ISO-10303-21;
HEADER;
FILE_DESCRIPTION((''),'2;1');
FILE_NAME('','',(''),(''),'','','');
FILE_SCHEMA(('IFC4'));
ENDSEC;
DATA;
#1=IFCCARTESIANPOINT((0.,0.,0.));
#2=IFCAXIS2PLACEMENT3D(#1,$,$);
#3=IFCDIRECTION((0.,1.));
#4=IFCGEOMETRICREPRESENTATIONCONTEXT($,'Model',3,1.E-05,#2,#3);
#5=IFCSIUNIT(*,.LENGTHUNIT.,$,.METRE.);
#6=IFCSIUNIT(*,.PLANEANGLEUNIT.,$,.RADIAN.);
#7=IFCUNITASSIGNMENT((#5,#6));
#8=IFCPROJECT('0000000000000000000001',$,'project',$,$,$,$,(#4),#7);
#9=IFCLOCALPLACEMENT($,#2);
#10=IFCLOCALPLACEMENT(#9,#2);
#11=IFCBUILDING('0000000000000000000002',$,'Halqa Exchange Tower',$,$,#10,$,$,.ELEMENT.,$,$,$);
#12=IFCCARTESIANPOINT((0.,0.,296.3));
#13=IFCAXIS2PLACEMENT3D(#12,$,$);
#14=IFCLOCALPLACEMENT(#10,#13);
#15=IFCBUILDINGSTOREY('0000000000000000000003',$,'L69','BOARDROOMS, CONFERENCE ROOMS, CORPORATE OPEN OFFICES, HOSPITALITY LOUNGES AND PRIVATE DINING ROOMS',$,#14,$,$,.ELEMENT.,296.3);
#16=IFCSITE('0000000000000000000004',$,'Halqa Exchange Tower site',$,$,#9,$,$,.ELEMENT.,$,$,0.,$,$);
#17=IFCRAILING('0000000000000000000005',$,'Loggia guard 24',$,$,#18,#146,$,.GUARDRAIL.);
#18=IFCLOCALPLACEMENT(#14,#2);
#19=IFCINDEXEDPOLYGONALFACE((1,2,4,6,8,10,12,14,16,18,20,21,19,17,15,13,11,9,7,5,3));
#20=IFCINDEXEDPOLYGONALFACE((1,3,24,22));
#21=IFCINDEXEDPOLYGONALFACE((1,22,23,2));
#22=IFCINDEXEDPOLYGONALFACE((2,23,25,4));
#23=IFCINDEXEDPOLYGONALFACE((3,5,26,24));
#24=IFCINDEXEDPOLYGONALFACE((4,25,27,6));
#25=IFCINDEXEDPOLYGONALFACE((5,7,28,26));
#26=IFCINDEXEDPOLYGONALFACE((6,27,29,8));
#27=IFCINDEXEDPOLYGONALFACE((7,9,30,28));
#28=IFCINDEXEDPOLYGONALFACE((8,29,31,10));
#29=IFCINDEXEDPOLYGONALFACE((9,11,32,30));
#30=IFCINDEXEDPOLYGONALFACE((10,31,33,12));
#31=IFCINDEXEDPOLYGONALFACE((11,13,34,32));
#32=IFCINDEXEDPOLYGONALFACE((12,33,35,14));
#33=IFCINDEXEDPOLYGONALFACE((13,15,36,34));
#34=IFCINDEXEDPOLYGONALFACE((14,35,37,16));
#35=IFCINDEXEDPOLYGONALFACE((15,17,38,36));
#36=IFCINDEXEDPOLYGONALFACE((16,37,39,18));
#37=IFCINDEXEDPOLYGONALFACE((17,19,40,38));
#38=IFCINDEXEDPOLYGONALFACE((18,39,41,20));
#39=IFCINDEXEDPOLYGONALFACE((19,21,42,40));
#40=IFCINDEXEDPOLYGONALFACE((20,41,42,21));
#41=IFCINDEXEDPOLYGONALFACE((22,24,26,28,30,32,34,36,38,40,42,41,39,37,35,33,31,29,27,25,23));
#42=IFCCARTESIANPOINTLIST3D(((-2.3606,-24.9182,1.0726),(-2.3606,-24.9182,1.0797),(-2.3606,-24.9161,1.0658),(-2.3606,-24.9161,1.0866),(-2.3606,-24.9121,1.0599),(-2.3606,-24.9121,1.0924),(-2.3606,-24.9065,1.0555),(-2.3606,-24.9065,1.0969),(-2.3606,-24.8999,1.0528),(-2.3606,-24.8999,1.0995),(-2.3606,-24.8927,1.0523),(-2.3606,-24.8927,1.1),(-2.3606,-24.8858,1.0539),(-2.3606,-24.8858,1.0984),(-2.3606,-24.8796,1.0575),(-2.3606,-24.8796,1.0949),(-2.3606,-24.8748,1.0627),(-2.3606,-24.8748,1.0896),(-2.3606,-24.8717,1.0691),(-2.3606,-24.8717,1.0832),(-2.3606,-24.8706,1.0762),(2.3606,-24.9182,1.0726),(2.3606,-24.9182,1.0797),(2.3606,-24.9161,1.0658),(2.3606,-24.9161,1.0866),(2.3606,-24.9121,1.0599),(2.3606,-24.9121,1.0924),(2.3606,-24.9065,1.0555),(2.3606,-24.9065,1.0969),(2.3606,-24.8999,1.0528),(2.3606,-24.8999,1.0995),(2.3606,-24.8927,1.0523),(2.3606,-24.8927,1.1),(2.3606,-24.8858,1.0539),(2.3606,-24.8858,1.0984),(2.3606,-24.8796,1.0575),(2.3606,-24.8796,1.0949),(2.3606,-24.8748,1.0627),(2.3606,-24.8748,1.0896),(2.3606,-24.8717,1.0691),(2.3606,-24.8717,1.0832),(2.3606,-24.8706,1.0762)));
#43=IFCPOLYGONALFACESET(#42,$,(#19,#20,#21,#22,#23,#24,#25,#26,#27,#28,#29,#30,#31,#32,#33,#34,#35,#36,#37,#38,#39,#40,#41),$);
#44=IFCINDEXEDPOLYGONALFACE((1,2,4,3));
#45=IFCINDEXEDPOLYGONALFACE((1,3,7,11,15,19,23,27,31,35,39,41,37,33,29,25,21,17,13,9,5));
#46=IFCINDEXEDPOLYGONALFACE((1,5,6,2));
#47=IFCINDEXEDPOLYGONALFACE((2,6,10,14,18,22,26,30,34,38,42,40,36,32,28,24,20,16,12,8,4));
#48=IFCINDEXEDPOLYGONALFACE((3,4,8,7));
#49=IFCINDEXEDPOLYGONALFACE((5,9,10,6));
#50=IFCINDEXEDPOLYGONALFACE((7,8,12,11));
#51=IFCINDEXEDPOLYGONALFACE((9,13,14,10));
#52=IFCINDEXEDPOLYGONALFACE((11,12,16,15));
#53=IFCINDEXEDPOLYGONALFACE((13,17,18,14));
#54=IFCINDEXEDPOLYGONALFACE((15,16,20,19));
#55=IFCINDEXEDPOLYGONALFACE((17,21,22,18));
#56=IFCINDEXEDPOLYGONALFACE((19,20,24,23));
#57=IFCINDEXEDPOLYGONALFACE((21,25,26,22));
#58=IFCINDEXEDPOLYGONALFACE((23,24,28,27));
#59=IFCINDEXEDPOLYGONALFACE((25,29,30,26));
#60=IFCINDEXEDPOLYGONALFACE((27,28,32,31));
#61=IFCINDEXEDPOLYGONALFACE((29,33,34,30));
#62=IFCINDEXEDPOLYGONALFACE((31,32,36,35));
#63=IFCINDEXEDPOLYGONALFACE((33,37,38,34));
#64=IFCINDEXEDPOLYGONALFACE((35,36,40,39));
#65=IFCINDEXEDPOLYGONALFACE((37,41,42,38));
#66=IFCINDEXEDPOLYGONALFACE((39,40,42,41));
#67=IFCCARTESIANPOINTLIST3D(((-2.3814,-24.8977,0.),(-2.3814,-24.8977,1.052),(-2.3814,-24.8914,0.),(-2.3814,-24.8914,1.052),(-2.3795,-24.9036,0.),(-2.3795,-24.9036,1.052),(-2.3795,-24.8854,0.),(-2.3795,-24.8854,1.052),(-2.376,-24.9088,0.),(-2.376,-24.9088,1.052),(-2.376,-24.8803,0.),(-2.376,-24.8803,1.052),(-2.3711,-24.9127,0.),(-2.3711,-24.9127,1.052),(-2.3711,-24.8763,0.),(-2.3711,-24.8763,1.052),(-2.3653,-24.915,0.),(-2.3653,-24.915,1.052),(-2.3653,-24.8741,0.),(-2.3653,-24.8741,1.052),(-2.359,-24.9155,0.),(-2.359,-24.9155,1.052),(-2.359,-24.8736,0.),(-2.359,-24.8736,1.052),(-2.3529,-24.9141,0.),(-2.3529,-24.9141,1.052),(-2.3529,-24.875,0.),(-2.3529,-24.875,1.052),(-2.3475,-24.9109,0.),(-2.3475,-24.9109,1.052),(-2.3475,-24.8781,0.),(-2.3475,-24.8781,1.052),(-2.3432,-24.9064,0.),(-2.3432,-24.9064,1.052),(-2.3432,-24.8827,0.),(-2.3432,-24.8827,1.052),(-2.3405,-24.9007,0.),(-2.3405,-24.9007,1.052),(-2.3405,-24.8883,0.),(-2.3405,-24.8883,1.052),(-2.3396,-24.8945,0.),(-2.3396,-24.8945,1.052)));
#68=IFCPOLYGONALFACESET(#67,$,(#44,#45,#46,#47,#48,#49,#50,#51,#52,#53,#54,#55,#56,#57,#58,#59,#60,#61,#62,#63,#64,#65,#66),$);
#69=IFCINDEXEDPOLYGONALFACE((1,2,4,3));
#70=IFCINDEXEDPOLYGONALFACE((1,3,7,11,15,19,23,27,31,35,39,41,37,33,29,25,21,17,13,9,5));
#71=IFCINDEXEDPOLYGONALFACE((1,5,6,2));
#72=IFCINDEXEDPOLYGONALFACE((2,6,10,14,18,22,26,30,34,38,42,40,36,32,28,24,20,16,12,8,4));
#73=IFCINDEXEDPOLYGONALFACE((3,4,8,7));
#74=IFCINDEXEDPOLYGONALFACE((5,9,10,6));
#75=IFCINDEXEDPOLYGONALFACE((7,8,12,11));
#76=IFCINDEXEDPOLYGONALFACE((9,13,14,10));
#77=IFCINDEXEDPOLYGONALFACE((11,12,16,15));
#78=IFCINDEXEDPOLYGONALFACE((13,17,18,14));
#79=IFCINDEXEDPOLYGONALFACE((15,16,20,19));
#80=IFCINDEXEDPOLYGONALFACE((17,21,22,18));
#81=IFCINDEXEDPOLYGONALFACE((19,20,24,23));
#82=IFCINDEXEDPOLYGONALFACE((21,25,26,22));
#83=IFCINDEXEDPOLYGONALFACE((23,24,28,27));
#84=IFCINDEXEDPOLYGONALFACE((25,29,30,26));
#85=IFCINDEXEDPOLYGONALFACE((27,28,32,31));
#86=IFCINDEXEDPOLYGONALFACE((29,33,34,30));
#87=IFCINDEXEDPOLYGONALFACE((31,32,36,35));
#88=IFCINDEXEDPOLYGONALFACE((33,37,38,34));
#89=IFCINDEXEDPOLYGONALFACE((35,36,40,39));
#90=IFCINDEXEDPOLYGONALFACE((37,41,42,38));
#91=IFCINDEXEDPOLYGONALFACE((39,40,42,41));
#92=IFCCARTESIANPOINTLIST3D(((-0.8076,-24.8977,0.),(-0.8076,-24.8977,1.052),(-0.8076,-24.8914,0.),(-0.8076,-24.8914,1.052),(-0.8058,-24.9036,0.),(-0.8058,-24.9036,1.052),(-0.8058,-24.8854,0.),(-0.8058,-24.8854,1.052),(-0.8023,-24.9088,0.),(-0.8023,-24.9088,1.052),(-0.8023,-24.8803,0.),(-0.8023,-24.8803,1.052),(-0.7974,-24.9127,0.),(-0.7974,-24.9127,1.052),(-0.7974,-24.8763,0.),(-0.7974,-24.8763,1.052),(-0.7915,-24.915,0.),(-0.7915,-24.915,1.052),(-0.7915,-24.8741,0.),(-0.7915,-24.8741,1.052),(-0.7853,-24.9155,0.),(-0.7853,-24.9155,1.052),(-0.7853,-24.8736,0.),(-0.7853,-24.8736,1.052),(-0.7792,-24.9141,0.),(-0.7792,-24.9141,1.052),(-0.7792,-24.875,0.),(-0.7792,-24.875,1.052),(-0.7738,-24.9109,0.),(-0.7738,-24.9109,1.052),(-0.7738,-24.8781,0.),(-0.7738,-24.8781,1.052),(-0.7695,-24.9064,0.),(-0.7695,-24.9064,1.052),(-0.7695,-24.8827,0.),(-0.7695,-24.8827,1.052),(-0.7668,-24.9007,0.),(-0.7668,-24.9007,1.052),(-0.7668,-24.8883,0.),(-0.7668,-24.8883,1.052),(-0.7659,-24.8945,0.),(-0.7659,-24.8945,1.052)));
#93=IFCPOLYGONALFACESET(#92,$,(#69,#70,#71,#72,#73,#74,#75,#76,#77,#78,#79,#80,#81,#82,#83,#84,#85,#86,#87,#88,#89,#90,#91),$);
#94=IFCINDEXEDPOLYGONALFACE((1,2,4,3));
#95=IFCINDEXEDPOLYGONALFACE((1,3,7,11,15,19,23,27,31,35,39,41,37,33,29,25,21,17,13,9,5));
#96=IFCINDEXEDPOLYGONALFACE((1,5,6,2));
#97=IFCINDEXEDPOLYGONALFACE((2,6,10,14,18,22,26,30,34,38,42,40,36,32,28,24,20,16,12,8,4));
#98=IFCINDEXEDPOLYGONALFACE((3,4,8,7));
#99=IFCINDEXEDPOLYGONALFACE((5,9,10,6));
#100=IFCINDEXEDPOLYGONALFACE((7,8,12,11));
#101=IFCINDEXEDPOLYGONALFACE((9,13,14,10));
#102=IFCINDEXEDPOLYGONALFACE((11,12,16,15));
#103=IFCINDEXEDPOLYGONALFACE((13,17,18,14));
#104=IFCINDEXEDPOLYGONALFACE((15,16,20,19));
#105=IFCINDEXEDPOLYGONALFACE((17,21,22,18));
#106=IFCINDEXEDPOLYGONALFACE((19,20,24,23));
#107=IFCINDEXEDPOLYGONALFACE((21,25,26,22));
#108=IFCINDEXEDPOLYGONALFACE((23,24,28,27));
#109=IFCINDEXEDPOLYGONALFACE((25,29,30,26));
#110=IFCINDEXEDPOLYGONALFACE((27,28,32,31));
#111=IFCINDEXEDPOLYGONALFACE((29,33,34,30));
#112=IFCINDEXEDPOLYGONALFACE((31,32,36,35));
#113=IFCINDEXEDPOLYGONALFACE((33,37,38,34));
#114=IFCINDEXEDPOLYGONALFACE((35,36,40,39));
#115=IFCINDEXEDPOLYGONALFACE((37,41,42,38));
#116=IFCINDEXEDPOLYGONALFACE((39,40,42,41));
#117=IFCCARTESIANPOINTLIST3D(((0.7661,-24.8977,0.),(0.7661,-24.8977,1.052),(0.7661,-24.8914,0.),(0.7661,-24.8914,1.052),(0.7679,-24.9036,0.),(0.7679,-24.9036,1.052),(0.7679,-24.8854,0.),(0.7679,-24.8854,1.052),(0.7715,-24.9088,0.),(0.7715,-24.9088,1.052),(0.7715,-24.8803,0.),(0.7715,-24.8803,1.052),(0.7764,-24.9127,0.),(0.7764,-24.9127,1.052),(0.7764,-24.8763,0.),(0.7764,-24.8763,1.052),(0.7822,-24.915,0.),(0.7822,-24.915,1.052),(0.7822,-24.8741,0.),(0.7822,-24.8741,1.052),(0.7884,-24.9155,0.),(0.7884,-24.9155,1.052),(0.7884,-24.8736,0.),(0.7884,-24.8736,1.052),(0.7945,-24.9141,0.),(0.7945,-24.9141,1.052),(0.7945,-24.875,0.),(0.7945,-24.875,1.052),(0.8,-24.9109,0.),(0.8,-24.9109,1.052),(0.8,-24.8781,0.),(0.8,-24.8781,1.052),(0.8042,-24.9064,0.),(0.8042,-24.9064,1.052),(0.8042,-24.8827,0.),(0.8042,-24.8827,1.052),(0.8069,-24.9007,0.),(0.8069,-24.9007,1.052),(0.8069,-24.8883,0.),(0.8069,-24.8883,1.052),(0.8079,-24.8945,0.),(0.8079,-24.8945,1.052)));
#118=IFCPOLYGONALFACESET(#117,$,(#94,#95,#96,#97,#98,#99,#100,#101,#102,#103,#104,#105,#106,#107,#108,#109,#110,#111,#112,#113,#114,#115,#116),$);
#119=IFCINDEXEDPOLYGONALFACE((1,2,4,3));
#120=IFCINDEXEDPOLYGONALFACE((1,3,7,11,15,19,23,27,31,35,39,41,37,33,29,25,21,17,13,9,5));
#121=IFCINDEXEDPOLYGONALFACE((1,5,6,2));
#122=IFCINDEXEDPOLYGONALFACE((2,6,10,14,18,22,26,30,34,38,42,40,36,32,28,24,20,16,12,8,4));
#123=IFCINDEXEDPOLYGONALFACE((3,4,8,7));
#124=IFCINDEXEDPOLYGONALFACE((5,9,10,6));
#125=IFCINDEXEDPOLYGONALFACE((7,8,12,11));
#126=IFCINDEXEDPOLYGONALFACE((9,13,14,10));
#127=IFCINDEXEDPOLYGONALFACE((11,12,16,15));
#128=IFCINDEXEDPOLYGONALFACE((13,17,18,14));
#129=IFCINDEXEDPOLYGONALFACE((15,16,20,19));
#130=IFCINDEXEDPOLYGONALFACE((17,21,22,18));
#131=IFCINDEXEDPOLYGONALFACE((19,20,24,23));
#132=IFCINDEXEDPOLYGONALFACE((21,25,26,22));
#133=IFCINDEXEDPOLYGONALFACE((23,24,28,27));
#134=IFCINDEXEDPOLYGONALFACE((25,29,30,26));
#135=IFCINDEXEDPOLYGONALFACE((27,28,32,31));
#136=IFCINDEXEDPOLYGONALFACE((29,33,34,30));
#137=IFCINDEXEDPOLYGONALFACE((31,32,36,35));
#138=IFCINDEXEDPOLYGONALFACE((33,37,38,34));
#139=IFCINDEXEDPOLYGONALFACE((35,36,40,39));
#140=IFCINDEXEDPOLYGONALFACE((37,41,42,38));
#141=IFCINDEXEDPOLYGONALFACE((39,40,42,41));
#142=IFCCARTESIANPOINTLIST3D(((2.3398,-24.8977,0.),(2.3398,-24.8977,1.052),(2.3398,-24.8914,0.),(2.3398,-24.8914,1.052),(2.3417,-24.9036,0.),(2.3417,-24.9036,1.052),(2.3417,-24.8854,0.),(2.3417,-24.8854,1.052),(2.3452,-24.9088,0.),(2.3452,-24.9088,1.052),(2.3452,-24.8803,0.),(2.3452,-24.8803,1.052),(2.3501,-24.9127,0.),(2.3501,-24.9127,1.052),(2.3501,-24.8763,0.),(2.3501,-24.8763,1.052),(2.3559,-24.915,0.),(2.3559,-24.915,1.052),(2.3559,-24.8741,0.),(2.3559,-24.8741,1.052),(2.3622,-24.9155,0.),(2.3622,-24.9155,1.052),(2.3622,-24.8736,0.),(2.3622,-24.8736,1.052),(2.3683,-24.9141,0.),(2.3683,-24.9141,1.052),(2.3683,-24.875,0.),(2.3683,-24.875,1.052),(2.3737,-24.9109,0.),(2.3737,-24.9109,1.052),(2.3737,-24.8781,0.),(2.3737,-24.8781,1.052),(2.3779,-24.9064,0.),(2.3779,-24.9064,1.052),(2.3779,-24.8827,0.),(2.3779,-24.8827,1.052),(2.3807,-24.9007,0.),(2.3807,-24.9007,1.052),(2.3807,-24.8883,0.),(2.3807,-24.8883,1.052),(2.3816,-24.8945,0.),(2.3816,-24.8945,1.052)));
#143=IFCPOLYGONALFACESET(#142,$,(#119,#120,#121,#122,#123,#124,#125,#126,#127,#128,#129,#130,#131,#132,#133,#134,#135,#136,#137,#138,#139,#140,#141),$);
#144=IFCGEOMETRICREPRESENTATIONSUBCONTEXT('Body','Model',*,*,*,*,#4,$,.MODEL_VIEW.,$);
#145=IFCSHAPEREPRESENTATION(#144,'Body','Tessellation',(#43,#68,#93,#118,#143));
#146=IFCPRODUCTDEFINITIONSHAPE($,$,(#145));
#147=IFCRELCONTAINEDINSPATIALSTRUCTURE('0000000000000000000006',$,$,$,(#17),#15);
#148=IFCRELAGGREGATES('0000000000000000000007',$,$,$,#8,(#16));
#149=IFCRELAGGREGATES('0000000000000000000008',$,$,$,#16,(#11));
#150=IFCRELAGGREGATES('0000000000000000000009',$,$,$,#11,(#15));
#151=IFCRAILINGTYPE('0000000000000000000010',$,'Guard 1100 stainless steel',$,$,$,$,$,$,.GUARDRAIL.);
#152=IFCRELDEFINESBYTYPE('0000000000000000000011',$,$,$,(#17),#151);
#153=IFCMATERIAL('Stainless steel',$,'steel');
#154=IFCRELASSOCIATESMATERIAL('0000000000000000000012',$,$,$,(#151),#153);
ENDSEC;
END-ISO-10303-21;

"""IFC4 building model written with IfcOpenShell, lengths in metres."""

from ifc_helpers import new_model, si_unit, direction, frame, origin, origin_2d, place, context, subcontext, project, spatial, circle, extrude, material, type_object, element, save


model = new_model("IFC4")

# Units and contexts
model_context = context("Model", 3, precision=1e-05, world=origin(), true_north=direction((0.0, 1.0)))
body_context = subcontext(model_context, "Body", "Model", "MODEL_VIEW")
ifc_project = project(units=[si_unit("LENGTHUNIT", "METRE"), si_unit("PLANEANGLEUNIT", "RADIAN")], contexts=[model_context])

# Site, building, storey
site_placement = place(None, origin())
site = spatial("IfcSite", under=ifc_project, at=site_placement, Name="Halqa Exchange Tower site", CompositionType="ELEMENT", RefElevation=0.0)
building_placement = place(site_placement, origin())
building = spatial("IfcBuilding", under=site, at=building_placement, Name="Halqa Exchange Tower", CompositionType="ELEMENT")
storey_placement = place(building_placement, frame((0.0, 0.0, 296.3)))
storey = spatial("IfcBuildingStorey", under=building, at=storey_placement, Name="L69", Description="BOARDROOMS, CONFERENCE ROOMS, CORPORATE OPEN OFFICES, HOSPITALITY LOUNGES AND PRIVATE DINING ROOMS", CompositionType="ELEMENT", Elevation=296.3)

# Railing
ifc_material_1 = material(Name="Stainless steel", Category="steel")
railing_type = type_object("IfcRailingType", Name="Guard 1100 stainless steel", PredefinedType="GUARDRAIL", material=ifc_material_1)
railing_1_placement = place(storey_placement, frame((-2.3606, -24.8945, 0.0)))
element("IfcRailing", 1, at=railing_1_placement, inside=storey, type_object=railing_type, Name="Loggia guard 24", PredefinedType="GUARDRAIL", context=body_context, shape_type="SweptSolid", body=[
    extrude(circle(Radius=0.0239, at=origin_2d()), frame((0.0, 0.0, 1.0762), z_axis=(1.0, 0.0, 0.0), x_axis=(0.0, 1.0, 0.0)), (0.0, 0.0, 1.0), 4.7212),
    extrude(circle(Radius=0.021, at=origin_2d()), origin(), (0.0, 0.0, 1.0), 1.052),
    extrude(circle(Radius=0.021, at=origin_2d()), frame((1.5737, 0.0, 0.0)), (0.0, 0.0, 1.0), 1.052),
    extrude(circle(Radius=0.021, at=origin_2d()), frame((3.1475, 0.0, 0.0)), (0.0, 0.0, 1.0), 1.052),
    extrude(circle(Radius=0.021, at=origin_2d()), frame((4.7212, 0.0, 0.0)), (0.0, 0.0, 1.0), 1.052),
])

save(model, "model.ifc")
